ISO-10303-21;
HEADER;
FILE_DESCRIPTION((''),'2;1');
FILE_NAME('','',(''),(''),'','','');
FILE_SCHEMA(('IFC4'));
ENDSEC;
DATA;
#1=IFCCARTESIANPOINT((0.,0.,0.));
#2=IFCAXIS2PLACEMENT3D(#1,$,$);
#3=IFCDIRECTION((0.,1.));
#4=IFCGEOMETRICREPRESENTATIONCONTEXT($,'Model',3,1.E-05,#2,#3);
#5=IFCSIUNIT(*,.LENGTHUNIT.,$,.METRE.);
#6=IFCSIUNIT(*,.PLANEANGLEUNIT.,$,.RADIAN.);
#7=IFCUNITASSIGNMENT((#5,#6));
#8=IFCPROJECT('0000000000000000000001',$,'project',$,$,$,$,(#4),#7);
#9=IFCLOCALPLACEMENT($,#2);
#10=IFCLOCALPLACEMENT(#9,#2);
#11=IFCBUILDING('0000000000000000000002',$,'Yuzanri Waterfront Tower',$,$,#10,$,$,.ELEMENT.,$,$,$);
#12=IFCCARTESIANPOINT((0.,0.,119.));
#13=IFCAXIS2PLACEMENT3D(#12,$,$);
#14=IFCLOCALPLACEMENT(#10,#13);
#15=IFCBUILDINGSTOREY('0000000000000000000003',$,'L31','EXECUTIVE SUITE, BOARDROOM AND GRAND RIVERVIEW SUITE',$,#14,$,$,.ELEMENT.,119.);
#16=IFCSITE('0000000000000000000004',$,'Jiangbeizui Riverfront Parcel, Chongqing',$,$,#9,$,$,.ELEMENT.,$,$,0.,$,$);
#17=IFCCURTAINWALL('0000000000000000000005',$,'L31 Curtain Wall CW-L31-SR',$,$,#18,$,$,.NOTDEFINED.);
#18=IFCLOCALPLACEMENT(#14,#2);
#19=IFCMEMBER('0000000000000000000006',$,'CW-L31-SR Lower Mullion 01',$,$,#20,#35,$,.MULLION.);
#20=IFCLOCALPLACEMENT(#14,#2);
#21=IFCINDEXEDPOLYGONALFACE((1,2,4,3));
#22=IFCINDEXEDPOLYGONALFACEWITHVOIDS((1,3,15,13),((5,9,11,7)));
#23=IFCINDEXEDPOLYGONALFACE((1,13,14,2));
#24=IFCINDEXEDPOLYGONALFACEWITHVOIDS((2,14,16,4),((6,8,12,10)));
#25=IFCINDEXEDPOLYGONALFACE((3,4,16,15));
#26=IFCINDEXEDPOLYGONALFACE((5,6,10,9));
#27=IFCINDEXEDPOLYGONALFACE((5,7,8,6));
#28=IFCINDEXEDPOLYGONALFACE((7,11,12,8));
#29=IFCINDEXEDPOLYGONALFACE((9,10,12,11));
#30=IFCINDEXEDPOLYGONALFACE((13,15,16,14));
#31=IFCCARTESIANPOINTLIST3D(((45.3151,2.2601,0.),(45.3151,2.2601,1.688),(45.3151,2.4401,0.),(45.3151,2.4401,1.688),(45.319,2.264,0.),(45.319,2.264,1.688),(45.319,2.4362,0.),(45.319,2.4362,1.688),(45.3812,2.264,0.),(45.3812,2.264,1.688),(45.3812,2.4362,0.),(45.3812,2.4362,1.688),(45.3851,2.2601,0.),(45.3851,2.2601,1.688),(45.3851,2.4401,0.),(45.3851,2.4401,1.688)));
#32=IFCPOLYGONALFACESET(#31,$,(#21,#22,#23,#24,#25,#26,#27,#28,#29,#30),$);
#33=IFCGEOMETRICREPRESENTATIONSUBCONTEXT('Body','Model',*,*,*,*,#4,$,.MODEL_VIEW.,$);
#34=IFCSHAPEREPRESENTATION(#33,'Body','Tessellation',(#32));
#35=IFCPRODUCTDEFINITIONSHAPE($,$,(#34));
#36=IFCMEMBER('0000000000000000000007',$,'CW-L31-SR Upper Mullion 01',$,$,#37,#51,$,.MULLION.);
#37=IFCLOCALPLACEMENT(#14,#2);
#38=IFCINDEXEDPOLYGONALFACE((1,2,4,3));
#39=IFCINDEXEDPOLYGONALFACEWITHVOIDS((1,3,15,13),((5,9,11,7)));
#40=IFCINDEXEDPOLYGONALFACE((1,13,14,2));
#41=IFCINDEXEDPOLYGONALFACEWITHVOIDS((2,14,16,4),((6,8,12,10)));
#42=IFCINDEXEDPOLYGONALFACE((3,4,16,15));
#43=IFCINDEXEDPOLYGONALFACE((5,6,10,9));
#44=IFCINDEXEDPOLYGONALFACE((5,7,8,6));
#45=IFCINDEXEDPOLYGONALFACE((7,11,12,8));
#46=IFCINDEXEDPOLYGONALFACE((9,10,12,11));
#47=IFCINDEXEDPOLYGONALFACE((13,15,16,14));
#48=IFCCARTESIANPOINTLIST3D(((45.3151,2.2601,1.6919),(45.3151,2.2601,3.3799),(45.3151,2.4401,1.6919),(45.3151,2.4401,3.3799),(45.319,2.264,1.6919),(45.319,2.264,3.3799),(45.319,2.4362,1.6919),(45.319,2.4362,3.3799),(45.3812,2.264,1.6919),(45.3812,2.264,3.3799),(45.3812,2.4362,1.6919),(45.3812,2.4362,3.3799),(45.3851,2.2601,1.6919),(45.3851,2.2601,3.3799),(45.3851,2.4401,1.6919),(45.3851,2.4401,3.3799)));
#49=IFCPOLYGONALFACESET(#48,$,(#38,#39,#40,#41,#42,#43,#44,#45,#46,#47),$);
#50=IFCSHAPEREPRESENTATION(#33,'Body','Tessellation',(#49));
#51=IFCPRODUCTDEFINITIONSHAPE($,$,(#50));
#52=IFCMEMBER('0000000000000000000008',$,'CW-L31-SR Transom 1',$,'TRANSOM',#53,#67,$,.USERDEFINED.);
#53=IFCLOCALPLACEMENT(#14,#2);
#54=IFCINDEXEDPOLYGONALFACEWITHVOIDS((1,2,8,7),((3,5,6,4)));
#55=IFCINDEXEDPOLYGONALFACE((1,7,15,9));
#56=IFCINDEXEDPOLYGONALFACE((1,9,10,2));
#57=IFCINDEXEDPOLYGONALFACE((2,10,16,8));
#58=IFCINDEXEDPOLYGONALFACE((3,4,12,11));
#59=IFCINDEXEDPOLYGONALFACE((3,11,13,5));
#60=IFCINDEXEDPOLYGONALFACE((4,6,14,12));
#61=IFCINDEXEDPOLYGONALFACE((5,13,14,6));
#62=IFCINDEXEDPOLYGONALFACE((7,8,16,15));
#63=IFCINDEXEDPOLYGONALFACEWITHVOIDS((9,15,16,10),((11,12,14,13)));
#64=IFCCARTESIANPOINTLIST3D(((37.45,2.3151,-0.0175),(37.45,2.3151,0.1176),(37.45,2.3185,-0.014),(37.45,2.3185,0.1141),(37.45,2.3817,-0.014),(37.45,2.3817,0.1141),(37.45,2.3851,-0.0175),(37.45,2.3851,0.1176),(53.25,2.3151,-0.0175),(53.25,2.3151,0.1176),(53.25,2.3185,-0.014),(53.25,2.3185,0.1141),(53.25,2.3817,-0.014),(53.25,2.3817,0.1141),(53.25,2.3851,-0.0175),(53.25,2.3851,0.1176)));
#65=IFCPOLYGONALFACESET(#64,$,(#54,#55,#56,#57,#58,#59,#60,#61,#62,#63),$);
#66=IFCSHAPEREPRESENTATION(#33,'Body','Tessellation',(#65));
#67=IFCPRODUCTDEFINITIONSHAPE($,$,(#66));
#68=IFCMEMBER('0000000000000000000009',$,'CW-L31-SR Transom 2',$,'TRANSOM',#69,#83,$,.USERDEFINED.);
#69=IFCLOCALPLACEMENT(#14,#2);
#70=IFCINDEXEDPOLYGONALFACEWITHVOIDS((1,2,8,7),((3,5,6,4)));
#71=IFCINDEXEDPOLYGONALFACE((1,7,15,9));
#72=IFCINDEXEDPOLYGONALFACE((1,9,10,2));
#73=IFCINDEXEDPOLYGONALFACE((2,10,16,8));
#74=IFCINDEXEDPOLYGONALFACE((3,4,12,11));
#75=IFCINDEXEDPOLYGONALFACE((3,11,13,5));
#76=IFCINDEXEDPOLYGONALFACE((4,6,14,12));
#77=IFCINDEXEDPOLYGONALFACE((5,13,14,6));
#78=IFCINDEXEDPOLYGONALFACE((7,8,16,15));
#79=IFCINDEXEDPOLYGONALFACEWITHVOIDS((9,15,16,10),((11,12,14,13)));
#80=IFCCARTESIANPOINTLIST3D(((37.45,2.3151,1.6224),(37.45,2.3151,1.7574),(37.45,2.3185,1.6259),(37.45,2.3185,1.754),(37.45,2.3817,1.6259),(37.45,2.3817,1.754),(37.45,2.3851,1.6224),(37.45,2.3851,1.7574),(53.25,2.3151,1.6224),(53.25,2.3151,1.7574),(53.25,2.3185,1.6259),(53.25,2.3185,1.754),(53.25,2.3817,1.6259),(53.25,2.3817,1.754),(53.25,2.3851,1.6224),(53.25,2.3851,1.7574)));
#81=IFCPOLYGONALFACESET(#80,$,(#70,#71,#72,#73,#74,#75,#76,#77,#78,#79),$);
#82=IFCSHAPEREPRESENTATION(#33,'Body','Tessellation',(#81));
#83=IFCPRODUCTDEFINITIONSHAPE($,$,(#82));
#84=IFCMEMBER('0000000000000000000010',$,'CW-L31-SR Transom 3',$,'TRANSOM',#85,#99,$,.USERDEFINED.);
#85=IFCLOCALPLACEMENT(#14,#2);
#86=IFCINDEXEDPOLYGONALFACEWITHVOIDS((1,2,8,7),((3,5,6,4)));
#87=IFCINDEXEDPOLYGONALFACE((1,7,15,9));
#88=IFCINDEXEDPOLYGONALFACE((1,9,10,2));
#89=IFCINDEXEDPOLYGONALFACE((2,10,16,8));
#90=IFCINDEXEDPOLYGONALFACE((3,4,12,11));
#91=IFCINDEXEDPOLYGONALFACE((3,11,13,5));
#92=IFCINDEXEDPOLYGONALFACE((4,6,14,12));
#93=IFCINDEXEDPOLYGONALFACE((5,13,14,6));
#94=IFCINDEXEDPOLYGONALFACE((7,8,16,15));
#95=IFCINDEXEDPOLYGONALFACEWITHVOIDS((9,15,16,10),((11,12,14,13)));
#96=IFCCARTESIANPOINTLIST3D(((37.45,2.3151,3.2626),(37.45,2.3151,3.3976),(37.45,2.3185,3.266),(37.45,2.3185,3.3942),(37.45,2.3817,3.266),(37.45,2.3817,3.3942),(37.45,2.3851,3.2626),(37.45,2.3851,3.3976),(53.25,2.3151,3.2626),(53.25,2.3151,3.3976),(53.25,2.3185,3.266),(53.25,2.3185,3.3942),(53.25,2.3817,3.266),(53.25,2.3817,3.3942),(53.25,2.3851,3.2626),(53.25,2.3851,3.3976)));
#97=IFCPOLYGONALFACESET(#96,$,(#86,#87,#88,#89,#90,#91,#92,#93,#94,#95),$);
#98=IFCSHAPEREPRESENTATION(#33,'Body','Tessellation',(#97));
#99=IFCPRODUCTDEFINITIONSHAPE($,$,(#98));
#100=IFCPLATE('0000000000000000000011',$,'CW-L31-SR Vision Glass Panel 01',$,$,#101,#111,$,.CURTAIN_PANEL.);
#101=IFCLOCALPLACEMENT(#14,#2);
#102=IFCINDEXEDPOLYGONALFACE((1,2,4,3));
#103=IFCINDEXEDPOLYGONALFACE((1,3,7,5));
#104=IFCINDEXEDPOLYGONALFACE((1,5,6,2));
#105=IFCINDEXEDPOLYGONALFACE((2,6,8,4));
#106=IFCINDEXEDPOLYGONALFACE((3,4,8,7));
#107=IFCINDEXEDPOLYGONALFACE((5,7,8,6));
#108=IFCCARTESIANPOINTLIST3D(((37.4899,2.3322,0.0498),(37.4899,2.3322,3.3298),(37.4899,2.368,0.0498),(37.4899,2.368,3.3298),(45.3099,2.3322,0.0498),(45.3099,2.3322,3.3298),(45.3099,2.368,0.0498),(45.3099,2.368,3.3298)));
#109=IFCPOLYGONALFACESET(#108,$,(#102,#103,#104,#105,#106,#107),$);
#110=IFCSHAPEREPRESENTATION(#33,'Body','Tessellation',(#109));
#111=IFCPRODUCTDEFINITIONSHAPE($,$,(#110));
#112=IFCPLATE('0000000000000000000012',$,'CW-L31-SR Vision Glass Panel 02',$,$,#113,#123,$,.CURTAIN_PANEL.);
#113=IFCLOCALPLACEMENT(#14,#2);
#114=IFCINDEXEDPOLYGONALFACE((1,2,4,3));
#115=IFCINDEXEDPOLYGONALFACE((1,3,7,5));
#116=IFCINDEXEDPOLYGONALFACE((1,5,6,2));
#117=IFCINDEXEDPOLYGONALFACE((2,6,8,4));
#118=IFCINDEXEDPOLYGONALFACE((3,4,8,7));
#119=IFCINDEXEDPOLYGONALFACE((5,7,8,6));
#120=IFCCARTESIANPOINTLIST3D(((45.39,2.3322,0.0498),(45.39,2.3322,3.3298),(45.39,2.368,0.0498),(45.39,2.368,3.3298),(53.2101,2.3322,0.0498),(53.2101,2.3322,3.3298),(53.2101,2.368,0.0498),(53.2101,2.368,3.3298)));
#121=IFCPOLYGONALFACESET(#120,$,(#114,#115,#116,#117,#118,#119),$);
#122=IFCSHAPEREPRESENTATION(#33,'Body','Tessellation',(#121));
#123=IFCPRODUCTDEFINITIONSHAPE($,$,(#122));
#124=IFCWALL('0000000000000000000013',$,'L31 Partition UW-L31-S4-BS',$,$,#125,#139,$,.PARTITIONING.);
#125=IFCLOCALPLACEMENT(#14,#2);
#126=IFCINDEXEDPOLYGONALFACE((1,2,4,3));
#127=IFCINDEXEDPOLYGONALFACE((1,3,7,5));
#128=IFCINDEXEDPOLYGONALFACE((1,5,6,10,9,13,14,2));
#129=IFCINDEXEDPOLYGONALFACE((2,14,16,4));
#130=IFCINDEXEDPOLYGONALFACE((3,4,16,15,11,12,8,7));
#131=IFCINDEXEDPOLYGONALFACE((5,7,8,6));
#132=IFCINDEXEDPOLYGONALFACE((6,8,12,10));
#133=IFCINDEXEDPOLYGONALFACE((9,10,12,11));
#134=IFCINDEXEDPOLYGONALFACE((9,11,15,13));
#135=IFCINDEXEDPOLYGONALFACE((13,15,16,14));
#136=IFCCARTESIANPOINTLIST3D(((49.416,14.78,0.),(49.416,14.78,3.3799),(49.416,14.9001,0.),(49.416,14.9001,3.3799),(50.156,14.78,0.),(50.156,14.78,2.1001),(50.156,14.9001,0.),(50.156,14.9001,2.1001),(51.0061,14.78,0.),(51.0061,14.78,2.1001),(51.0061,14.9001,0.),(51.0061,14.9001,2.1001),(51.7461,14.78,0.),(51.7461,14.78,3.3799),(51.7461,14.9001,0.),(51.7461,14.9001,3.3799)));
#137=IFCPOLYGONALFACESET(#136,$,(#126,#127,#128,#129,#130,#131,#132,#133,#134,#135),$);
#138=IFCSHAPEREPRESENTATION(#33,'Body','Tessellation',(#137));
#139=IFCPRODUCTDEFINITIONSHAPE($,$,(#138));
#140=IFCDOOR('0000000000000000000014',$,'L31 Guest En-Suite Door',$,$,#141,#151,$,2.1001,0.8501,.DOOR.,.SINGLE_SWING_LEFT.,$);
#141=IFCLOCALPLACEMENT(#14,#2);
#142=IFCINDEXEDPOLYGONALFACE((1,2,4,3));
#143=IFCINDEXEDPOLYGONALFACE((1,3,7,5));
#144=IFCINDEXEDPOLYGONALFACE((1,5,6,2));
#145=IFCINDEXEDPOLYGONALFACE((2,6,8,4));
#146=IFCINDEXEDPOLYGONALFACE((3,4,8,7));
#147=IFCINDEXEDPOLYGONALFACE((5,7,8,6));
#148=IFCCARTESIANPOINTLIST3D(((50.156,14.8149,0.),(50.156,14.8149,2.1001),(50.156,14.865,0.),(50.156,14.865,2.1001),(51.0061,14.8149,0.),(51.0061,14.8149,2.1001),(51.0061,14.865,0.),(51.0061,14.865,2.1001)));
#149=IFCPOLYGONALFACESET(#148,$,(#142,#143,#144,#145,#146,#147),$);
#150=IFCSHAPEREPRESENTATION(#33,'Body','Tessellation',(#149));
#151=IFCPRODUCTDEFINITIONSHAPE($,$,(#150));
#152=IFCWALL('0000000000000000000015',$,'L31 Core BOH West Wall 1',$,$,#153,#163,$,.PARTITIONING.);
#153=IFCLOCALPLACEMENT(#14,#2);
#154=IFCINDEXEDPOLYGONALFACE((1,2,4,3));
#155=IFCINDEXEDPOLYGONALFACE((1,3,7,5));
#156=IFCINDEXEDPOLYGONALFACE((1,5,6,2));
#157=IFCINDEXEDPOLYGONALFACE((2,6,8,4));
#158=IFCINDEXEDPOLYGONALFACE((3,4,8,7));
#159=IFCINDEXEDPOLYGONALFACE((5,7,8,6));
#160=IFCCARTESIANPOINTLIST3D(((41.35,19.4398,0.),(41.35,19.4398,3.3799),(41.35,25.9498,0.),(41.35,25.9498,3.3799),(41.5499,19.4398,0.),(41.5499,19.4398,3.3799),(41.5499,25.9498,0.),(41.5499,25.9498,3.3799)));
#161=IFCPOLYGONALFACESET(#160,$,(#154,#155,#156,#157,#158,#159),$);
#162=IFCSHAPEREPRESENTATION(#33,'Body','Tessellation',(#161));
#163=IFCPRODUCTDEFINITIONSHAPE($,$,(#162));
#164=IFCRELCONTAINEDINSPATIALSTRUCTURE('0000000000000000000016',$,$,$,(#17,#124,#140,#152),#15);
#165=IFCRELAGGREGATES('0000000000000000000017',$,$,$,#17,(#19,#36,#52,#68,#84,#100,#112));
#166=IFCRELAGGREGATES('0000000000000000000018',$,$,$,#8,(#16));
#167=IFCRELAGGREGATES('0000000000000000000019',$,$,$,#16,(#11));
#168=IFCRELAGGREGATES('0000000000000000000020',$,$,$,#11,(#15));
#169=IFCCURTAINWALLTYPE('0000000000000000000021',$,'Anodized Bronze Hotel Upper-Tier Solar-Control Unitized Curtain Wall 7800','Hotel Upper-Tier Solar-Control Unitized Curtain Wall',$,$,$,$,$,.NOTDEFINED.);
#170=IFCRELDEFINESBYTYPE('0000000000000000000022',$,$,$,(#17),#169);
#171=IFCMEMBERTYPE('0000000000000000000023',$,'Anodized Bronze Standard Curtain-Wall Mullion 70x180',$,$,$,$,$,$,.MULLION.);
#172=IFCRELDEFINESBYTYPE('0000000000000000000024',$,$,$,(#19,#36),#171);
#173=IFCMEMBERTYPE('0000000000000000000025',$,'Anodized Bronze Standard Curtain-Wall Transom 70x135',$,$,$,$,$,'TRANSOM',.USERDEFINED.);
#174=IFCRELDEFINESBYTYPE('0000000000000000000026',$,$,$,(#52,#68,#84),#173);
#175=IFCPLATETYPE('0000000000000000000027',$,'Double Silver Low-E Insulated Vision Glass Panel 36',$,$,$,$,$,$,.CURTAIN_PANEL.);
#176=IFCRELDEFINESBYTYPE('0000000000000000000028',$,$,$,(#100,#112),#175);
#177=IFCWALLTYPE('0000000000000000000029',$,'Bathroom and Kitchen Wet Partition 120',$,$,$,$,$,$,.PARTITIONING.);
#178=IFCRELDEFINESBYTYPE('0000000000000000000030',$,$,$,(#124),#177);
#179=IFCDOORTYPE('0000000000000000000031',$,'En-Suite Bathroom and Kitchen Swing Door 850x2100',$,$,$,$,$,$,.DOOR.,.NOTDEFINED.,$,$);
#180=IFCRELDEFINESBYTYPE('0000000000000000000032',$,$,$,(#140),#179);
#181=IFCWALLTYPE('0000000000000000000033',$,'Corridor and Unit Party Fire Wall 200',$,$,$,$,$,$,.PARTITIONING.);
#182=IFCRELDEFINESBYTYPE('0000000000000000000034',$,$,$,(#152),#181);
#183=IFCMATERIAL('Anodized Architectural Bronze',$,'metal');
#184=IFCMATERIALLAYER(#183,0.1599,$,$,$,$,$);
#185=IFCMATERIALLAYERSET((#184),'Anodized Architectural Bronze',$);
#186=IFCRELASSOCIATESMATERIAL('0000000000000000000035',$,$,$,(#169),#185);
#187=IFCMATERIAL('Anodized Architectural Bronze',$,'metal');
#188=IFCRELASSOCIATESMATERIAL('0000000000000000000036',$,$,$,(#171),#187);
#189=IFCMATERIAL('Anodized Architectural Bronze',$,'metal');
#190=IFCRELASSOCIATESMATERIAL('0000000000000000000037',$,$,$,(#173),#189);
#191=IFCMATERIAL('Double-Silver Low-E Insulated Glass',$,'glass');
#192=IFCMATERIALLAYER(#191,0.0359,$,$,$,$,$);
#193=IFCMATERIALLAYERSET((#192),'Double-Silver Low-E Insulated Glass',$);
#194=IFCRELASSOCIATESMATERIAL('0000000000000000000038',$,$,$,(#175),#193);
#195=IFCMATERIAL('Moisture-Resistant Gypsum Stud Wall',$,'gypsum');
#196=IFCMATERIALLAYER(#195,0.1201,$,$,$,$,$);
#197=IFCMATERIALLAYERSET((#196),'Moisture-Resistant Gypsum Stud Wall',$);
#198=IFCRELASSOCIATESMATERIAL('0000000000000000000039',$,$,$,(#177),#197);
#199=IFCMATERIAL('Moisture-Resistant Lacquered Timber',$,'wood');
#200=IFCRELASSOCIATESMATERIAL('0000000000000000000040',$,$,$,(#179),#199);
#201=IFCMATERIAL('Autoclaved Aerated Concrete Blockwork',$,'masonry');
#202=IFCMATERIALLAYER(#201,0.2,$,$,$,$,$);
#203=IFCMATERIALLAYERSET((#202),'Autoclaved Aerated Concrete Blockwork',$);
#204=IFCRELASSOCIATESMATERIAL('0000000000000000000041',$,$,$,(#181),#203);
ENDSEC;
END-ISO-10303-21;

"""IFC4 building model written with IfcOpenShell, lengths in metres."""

from ifc_helpers import new_model, si_unit, direction, frame, frame_2d, origin, origin_2d, place, context, subcontext, project, spatial, rectangle, hollow_rectangle, extrude, source, transform, mapped, material, layer, layer_set, material_profile, profile_set, type_object, element, fill, aggregate, save


model = new_model("IFC4")

# Units and contexts
model_context = context("Model", 3, precision=1e-05, world=origin(), true_north=direction((0.0, 1.0)))
body_context = subcontext(model_context, "Body", "Model", "MODEL_VIEW")
ifc_project = project(units=[si_unit("LENGTHUNIT", "METRE"), si_unit("PLANEANGLEUNIT", "RADIAN")], contexts=[model_context])

# Site, building, storey
site_placement = place(None, origin())
site = spatial("IfcSite", under=ifc_project, at=site_placement, Name="Jiangbeizui Riverfront Parcel, Chongqing", CompositionType="ELEMENT", RefElevation=0.0)
building_placement = place(site_placement, origin())
building = spatial("IfcBuilding", under=site, at=building_placement, Name="Yuzanri Waterfront Tower", CompositionType="ELEMENT")
storey_placement = place(building_placement, frame((0.0, 0.0, 119.0)))
storey = spatial("IfcBuildingStorey", under=building, at=storey_placement, Name="L31", Description="EXECUTIVE SUITE, BOARDROOM AND GRAND RIVERVIEW SUITE", CompositionType="ELEMENT", Elevation=119.0)

# Curtain wall, members, plates
ifc_material_1 = material(Name="Anodized Architectural Bronze", Category="metal")
ifc_layer_1 = layer(ifc_material_1, 0.1599)
ifc_layer_set_1 = layer_set([ifc_layer_1], Name="Anodized Architectural Bronze")
curtain_wall_type = type_object("IfcCurtainWallType", Name="Anodized Bronze Hotel Upper-Tier Solar-Control Unitized Curtain Wall 7800", Description="Hotel Upper-Tier Solar-Control Unitized Curtain Wall", PredefinedType="NOTDEFINED", material=ifc_layer_set_1)
curtain_wall_placement = place(storey_placement, origin())
curtain_wall = element("IfcCurtainWall", 1, at=curtain_wall_placement, inside=storey, type_object=curtain_wall_type, Name="L31 Curtain Wall CW-L31-SR", PredefinedType="NOTDEFINED")
ifc_material_2 = material(Name="Anodized Architectural Bronze", Category="metal")
ifc_material_profile_1 = material_profile(ifc_material_2, hollow_rectangle(XDim=0.0701, YDim=0.1799, WallThickness=0.0039, at=origin_2d()), Name="CWM 70x180")
ifc_profile_set_1 = profile_set([ifc_material_profile_1], Name="Anodized Architectural Bronze")
member_type_1 = type_object("IfcMemberType", Name="Anodized Bronze Standard Curtain-Wall Mullion 70x180", PredefinedType="MULLION", material=ifc_profile_set_1)
shared_shape_1 = source(origin(), body_context, "Body", "SweptSolid", [
    extrude(hollow_rectangle(XDim=0.0701, YDim=0.1799, WallThickness=0.0039, at=origin_2d()), origin(), (0.0, 0.0, 1.0), 1.688),
])
member_1_placement = place(storey_placement, frame((45.3501, 2.3501, 0.0), z_axis=(0.0, 0.0, 1.0), x_axis=(1.0, 0.0, 0.0)))
member_1 = element("IfcMember", 2, at=member_1_placement, type_object=member_type_1, Name="CW-L31-SR Lower Mullion 01", PredefinedType="MULLION", context=body_context, shape_type="MappedRepresentation", body=[
    mapped(shared_shape_1, transform((0.0, 0.0, 0.0), scale=1.0)),
])
member_2_placement = place(storey_placement, frame((45.3501, 2.3501, 1.6919), z_axis=(0.0, 0.0, 1.0), x_axis=(1.0, 0.0, 0.0)))
member_2 = element("IfcMember", 3, at=member_2_placement, type_object=member_type_1, Name="CW-L31-SR Upper Mullion 01", PredefinedType="MULLION", context=body_context, shape_type="MappedRepresentation", body=[
    mapped(shared_shape_1, transform((0.0, 0.0, 0.0), scale=1.0)),
])
ifc_material_3 = material(Name="Anodized Architectural Bronze", Category="metal")
ifc_material_profile_2 = material_profile(ifc_material_3, hollow_rectangle(XDim=0.0701, YDim=0.135, WallThickness=0.0034, at=origin_2d()), Name="CWT 70x135")
ifc_profile_set_2 = profile_set([ifc_material_profile_2], Name="Anodized Architectural Bronze")
member_type_2 = type_object("IfcMemberType", Name="Anodized Bronze Standard Curtain-Wall Transom 70x135", ElementType="TRANSOM", PredefinedType="USERDEFINED", material=ifc_profile_set_2)
shared_shape_2 = source(origin(), body_context, "Body", "SweptSolid", [
    extrude(hollow_rectangle(XDim=0.0701, YDim=0.135, WallThickness=0.0034, at=origin_2d()), origin(), (0.0, 0.0, 1.0), 15.8),
])
member_3_placement = place(storey_placement, frame((37.45, 2.3501, 0.05), z_axis=(1.0, 0.0, 0.0), x_axis=(0.0, 1.0, 0.0)))
member_3 = element("IfcMember", 4, at=member_3_placement, type_object=member_type_2, Name="CW-L31-SR Transom 1", ObjectType="TRANSOM", PredefinedType="USERDEFINED", context=body_context, shape_type="MappedRepresentation", body=[
    mapped(shared_shape_2, transform((0.0, 0.0, 0.0), scale=1.0)),
])
member_4_placement = place(storey_placement, frame((37.45, 2.3501, 1.6899), z_axis=(1.0, 0.0, 0.0), x_axis=(0.0, 1.0, 0.0)))
member_4 = element("IfcMember", 5, at=member_4_placement, type_object=member_type_2, Name="CW-L31-SR Transom 2", ObjectType="TRANSOM", PredefinedType="USERDEFINED", context=body_context, shape_type="MappedRepresentation", body=[
    mapped(shared_shape_2, transform((0.0, 0.0, 0.0), scale=1.0)),
])
member_5_placement = place(storey_placement, frame((37.45, 2.3501, 3.3301), z_axis=(1.0, 0.0, 0.0), x_axis=(0.0, 1.0, 0.0)))
member_5 = element("IfcMember", 6, at=member_5_placement, type_object=member_type_2, Name="CW-L31-SR Transom 3", ObjectType="TRANSOM", PredefinedType="USERDEFINED", context=body_context, shape_type="MappedRepresentation", body=[
    mapped(shared_shape_2, transform((0.0, 0.0, 0.0), scale=1.0)),
])
ifc_material_4 = material(Name="Double-Silver Low-E Insulated Glass", Category="glass")
ifc_layer_2 = layer(ifc_material_4, 0.0359)
ifc_layer_set_2 = layer_set([ifc_layer_2], Name="Double-Silver Low-E Insulated Glass")
plate_type = type_object("IfcPlateType", Name="Double Silver Low-E Insulated Vision Glass Panel 36", PredefinedType="CURTAIN_PANEL", material=ifc_layer_set_2)
shared_shape_3 = source(origin(), body_context, "Body", "SweptSolid", [
    extrude(rectangle(XDim=7.8201, YDim=0.0359, at=origin_2d()), origin(), (0.0, 0.0, 1.0), 3.28),
])
plate_1_placement = place(storey_placement, frame((41.3999, 2.3501, 0.0498), z_axis=(0.0, 0.0, 1.0), x_axis=(1.0, 0.0, 0.0)))
plate_1 = element("IfcPlate", 7, at=plate_1_placement, type_object=plate_type, Name="CW-L31-SR Vision Glass Panel 01", PredefinedType="CURTAIN_PANEL", context=body_context, shape_type="MappedRepresentation", body=[
    mapped(shared_shape_3, transform((0.0, 0.0, 0.0), scale=1.0)),
])
plate_2_placement = place(storey_placement, frame((49.3, 2.3501, 0.0498), z_axis=(0.0, 0.0, 1.0), x_axis=(1.0, 0.0, 0.0)))
plate_2 = element("IfcPlate", 8, at=plate_2_placement, type_object=plate_type, Name="CW-L31-SR Vision Glass Panel 02", PredefinedType="CURTAIN_PANEL", context=body_context, shape_type="MappedRepresentation", body=[
    mapped(shared_shape_3, transform((0.0, 0.0, 0.0), scale=1.0)),
])
aggregate(curtain_wall, [member_1, member_2, member_3, member_4, member_5, plate_1, plate_2])

# Wall, opening, door
ifc_material_5 = material(Name="Moisture-Resistant Gypsum Stud Wall", Category="gypsum")
ifc_layer_3 = layer(ifc_material_5, 0.1201)
ifc_layer_set_3 = layer_set([ifc_layer_3], Name="Moisture-Resistant Gypsum Stud Wall")
wall_type_1 = type_object("IfcWallType", Name="Bathroom and Kitchen Wet Partition 120", PredefinedType="PARTITIONING", material=ifc_layer_set_3)
wall_1_placement = place(storey_placement, frame((49.416, 14.8401, 0.0), z_axis=(0.0, 0.0, 1.0), x_axis=(1.0, 0.0, 0.0)))
wall_1 = element("IfcWall", 9, at=wall_1_placement, inside=storey, type_object=wall_type_1, Name="L31 Partition UW-L31-S4-BS", PredefinedType="PARTITIONING", context=body_context, shape_type="SweptSolid", body=[
    extrude(rectangle(XDim=2.3301, YDim=0.1201, at=frame_2d((1.165, 0.0))), origin(), (0.0, 0.0, 1.0), 3.3799),
])
opening_placement = place(wall_1_placement, frame((0.74, 0.0, 0.0)))
opening = element("IfcOpeningElement", 10, at=opening_placement, cuts=wall_1, PredefinedType="OPENING", context=body_context, shape_type="SweptSolid", body=[
    extrude(rectangle(XDim=0.8501, YDim=2.1001, at=frame_2d((0.425, 1.05))), frame((0.0, 0.075, 0.0), z_axis=(0.0, -1.0, 0.0), x_axis=(1.0, 0.0, 0.0)), (0.0, 0.0, 1.0), 0.1499),
])
ifc_material_6 = material(Name="Moisture-Resistant Lacquered Timber", Category="wood")
door_type = type_object("IfcDoorType", Name="En-Suite Bathroom and Kitchen Swing Door 850x2100", OperationType="NOTDEFINED", PredefinedType="DOOR", material=ifc_material_6)
shared_shape_4 = source(origin(), body_context, "Body", "SweptSolid", [
    extrude(rectangle(XDim=0.8501, YDim=2.1001, at=frame_2d((0.425, 1.05))), frame((0.0, 0.0249, 0.0), z_axis=(0.0, -1.0, 0.0), x_axis=(1.0, 0.0, 0.0)), (0.0, 0.0, 1.0), 0.05),
])
door_placement = place(opening_placement, origin())
door = element("IfcDoor", 11, at=door_placement, inside=storey, type_object=door_type, Name="L31 Guest En-Suite Door", OperationType="SINGLE_SWING_LEFT", OverallHeight=2.1001, OverallWidth=0.8501, PredefinedType="DOOR", context=body_context, shape_type="MappedRepresentation", body=[
    mapped(shared_shape_4, transform((0.0, 0.0, 0.0), scale=1.0)),
])
fill(opening, door)

# Wall
ifc_material_7 = material(Name="Autoclaved Aerated Concrete Blockwork", Category="masonry")
ifc_layer_4 = layer(ifc_material_7, 0.2)
ifc_layer_set_4 = layer_set([ifc_layer_4], Name="Autoclaved Aerated Concrete Blockwork")
wall_type_2 = type_object("IfcWallType", Name="Corridor and Unit Party Fire Wall 200", PredefinedType="PARTITIONING", material=ifc_layer_set_4)
shared_shape_5 = source(origin(), body_context, "Body", "SweptSolid", [
    extrude(rectangle(XDim=6.51, YDim=0.2, at=frame_2d((3.2549, 0.0))), origin(), (0.0, 0.0, 1.0), 3.3799),
])
wall_2_placement = place(storey_placement, frame((41.45, 19.4399, 0.0), z_axis=(0.0, 0.0, 1.0), x_axis=(0.0, 1.0, 0.0)))
element("IfcWall", 12, at=wall_2_placement, inside=storey, type_object=wall_type_2, Name="L31 Core BOH West Wall 1", PredefinedType="PARTITIONING", context=body_context, shape_type="MappedRepresentation", body=[
    mapped(shared_shape_5, transform((0.0, 0.0, 0.0), scale=1.0)),
])

save(model, "model.ifc")
